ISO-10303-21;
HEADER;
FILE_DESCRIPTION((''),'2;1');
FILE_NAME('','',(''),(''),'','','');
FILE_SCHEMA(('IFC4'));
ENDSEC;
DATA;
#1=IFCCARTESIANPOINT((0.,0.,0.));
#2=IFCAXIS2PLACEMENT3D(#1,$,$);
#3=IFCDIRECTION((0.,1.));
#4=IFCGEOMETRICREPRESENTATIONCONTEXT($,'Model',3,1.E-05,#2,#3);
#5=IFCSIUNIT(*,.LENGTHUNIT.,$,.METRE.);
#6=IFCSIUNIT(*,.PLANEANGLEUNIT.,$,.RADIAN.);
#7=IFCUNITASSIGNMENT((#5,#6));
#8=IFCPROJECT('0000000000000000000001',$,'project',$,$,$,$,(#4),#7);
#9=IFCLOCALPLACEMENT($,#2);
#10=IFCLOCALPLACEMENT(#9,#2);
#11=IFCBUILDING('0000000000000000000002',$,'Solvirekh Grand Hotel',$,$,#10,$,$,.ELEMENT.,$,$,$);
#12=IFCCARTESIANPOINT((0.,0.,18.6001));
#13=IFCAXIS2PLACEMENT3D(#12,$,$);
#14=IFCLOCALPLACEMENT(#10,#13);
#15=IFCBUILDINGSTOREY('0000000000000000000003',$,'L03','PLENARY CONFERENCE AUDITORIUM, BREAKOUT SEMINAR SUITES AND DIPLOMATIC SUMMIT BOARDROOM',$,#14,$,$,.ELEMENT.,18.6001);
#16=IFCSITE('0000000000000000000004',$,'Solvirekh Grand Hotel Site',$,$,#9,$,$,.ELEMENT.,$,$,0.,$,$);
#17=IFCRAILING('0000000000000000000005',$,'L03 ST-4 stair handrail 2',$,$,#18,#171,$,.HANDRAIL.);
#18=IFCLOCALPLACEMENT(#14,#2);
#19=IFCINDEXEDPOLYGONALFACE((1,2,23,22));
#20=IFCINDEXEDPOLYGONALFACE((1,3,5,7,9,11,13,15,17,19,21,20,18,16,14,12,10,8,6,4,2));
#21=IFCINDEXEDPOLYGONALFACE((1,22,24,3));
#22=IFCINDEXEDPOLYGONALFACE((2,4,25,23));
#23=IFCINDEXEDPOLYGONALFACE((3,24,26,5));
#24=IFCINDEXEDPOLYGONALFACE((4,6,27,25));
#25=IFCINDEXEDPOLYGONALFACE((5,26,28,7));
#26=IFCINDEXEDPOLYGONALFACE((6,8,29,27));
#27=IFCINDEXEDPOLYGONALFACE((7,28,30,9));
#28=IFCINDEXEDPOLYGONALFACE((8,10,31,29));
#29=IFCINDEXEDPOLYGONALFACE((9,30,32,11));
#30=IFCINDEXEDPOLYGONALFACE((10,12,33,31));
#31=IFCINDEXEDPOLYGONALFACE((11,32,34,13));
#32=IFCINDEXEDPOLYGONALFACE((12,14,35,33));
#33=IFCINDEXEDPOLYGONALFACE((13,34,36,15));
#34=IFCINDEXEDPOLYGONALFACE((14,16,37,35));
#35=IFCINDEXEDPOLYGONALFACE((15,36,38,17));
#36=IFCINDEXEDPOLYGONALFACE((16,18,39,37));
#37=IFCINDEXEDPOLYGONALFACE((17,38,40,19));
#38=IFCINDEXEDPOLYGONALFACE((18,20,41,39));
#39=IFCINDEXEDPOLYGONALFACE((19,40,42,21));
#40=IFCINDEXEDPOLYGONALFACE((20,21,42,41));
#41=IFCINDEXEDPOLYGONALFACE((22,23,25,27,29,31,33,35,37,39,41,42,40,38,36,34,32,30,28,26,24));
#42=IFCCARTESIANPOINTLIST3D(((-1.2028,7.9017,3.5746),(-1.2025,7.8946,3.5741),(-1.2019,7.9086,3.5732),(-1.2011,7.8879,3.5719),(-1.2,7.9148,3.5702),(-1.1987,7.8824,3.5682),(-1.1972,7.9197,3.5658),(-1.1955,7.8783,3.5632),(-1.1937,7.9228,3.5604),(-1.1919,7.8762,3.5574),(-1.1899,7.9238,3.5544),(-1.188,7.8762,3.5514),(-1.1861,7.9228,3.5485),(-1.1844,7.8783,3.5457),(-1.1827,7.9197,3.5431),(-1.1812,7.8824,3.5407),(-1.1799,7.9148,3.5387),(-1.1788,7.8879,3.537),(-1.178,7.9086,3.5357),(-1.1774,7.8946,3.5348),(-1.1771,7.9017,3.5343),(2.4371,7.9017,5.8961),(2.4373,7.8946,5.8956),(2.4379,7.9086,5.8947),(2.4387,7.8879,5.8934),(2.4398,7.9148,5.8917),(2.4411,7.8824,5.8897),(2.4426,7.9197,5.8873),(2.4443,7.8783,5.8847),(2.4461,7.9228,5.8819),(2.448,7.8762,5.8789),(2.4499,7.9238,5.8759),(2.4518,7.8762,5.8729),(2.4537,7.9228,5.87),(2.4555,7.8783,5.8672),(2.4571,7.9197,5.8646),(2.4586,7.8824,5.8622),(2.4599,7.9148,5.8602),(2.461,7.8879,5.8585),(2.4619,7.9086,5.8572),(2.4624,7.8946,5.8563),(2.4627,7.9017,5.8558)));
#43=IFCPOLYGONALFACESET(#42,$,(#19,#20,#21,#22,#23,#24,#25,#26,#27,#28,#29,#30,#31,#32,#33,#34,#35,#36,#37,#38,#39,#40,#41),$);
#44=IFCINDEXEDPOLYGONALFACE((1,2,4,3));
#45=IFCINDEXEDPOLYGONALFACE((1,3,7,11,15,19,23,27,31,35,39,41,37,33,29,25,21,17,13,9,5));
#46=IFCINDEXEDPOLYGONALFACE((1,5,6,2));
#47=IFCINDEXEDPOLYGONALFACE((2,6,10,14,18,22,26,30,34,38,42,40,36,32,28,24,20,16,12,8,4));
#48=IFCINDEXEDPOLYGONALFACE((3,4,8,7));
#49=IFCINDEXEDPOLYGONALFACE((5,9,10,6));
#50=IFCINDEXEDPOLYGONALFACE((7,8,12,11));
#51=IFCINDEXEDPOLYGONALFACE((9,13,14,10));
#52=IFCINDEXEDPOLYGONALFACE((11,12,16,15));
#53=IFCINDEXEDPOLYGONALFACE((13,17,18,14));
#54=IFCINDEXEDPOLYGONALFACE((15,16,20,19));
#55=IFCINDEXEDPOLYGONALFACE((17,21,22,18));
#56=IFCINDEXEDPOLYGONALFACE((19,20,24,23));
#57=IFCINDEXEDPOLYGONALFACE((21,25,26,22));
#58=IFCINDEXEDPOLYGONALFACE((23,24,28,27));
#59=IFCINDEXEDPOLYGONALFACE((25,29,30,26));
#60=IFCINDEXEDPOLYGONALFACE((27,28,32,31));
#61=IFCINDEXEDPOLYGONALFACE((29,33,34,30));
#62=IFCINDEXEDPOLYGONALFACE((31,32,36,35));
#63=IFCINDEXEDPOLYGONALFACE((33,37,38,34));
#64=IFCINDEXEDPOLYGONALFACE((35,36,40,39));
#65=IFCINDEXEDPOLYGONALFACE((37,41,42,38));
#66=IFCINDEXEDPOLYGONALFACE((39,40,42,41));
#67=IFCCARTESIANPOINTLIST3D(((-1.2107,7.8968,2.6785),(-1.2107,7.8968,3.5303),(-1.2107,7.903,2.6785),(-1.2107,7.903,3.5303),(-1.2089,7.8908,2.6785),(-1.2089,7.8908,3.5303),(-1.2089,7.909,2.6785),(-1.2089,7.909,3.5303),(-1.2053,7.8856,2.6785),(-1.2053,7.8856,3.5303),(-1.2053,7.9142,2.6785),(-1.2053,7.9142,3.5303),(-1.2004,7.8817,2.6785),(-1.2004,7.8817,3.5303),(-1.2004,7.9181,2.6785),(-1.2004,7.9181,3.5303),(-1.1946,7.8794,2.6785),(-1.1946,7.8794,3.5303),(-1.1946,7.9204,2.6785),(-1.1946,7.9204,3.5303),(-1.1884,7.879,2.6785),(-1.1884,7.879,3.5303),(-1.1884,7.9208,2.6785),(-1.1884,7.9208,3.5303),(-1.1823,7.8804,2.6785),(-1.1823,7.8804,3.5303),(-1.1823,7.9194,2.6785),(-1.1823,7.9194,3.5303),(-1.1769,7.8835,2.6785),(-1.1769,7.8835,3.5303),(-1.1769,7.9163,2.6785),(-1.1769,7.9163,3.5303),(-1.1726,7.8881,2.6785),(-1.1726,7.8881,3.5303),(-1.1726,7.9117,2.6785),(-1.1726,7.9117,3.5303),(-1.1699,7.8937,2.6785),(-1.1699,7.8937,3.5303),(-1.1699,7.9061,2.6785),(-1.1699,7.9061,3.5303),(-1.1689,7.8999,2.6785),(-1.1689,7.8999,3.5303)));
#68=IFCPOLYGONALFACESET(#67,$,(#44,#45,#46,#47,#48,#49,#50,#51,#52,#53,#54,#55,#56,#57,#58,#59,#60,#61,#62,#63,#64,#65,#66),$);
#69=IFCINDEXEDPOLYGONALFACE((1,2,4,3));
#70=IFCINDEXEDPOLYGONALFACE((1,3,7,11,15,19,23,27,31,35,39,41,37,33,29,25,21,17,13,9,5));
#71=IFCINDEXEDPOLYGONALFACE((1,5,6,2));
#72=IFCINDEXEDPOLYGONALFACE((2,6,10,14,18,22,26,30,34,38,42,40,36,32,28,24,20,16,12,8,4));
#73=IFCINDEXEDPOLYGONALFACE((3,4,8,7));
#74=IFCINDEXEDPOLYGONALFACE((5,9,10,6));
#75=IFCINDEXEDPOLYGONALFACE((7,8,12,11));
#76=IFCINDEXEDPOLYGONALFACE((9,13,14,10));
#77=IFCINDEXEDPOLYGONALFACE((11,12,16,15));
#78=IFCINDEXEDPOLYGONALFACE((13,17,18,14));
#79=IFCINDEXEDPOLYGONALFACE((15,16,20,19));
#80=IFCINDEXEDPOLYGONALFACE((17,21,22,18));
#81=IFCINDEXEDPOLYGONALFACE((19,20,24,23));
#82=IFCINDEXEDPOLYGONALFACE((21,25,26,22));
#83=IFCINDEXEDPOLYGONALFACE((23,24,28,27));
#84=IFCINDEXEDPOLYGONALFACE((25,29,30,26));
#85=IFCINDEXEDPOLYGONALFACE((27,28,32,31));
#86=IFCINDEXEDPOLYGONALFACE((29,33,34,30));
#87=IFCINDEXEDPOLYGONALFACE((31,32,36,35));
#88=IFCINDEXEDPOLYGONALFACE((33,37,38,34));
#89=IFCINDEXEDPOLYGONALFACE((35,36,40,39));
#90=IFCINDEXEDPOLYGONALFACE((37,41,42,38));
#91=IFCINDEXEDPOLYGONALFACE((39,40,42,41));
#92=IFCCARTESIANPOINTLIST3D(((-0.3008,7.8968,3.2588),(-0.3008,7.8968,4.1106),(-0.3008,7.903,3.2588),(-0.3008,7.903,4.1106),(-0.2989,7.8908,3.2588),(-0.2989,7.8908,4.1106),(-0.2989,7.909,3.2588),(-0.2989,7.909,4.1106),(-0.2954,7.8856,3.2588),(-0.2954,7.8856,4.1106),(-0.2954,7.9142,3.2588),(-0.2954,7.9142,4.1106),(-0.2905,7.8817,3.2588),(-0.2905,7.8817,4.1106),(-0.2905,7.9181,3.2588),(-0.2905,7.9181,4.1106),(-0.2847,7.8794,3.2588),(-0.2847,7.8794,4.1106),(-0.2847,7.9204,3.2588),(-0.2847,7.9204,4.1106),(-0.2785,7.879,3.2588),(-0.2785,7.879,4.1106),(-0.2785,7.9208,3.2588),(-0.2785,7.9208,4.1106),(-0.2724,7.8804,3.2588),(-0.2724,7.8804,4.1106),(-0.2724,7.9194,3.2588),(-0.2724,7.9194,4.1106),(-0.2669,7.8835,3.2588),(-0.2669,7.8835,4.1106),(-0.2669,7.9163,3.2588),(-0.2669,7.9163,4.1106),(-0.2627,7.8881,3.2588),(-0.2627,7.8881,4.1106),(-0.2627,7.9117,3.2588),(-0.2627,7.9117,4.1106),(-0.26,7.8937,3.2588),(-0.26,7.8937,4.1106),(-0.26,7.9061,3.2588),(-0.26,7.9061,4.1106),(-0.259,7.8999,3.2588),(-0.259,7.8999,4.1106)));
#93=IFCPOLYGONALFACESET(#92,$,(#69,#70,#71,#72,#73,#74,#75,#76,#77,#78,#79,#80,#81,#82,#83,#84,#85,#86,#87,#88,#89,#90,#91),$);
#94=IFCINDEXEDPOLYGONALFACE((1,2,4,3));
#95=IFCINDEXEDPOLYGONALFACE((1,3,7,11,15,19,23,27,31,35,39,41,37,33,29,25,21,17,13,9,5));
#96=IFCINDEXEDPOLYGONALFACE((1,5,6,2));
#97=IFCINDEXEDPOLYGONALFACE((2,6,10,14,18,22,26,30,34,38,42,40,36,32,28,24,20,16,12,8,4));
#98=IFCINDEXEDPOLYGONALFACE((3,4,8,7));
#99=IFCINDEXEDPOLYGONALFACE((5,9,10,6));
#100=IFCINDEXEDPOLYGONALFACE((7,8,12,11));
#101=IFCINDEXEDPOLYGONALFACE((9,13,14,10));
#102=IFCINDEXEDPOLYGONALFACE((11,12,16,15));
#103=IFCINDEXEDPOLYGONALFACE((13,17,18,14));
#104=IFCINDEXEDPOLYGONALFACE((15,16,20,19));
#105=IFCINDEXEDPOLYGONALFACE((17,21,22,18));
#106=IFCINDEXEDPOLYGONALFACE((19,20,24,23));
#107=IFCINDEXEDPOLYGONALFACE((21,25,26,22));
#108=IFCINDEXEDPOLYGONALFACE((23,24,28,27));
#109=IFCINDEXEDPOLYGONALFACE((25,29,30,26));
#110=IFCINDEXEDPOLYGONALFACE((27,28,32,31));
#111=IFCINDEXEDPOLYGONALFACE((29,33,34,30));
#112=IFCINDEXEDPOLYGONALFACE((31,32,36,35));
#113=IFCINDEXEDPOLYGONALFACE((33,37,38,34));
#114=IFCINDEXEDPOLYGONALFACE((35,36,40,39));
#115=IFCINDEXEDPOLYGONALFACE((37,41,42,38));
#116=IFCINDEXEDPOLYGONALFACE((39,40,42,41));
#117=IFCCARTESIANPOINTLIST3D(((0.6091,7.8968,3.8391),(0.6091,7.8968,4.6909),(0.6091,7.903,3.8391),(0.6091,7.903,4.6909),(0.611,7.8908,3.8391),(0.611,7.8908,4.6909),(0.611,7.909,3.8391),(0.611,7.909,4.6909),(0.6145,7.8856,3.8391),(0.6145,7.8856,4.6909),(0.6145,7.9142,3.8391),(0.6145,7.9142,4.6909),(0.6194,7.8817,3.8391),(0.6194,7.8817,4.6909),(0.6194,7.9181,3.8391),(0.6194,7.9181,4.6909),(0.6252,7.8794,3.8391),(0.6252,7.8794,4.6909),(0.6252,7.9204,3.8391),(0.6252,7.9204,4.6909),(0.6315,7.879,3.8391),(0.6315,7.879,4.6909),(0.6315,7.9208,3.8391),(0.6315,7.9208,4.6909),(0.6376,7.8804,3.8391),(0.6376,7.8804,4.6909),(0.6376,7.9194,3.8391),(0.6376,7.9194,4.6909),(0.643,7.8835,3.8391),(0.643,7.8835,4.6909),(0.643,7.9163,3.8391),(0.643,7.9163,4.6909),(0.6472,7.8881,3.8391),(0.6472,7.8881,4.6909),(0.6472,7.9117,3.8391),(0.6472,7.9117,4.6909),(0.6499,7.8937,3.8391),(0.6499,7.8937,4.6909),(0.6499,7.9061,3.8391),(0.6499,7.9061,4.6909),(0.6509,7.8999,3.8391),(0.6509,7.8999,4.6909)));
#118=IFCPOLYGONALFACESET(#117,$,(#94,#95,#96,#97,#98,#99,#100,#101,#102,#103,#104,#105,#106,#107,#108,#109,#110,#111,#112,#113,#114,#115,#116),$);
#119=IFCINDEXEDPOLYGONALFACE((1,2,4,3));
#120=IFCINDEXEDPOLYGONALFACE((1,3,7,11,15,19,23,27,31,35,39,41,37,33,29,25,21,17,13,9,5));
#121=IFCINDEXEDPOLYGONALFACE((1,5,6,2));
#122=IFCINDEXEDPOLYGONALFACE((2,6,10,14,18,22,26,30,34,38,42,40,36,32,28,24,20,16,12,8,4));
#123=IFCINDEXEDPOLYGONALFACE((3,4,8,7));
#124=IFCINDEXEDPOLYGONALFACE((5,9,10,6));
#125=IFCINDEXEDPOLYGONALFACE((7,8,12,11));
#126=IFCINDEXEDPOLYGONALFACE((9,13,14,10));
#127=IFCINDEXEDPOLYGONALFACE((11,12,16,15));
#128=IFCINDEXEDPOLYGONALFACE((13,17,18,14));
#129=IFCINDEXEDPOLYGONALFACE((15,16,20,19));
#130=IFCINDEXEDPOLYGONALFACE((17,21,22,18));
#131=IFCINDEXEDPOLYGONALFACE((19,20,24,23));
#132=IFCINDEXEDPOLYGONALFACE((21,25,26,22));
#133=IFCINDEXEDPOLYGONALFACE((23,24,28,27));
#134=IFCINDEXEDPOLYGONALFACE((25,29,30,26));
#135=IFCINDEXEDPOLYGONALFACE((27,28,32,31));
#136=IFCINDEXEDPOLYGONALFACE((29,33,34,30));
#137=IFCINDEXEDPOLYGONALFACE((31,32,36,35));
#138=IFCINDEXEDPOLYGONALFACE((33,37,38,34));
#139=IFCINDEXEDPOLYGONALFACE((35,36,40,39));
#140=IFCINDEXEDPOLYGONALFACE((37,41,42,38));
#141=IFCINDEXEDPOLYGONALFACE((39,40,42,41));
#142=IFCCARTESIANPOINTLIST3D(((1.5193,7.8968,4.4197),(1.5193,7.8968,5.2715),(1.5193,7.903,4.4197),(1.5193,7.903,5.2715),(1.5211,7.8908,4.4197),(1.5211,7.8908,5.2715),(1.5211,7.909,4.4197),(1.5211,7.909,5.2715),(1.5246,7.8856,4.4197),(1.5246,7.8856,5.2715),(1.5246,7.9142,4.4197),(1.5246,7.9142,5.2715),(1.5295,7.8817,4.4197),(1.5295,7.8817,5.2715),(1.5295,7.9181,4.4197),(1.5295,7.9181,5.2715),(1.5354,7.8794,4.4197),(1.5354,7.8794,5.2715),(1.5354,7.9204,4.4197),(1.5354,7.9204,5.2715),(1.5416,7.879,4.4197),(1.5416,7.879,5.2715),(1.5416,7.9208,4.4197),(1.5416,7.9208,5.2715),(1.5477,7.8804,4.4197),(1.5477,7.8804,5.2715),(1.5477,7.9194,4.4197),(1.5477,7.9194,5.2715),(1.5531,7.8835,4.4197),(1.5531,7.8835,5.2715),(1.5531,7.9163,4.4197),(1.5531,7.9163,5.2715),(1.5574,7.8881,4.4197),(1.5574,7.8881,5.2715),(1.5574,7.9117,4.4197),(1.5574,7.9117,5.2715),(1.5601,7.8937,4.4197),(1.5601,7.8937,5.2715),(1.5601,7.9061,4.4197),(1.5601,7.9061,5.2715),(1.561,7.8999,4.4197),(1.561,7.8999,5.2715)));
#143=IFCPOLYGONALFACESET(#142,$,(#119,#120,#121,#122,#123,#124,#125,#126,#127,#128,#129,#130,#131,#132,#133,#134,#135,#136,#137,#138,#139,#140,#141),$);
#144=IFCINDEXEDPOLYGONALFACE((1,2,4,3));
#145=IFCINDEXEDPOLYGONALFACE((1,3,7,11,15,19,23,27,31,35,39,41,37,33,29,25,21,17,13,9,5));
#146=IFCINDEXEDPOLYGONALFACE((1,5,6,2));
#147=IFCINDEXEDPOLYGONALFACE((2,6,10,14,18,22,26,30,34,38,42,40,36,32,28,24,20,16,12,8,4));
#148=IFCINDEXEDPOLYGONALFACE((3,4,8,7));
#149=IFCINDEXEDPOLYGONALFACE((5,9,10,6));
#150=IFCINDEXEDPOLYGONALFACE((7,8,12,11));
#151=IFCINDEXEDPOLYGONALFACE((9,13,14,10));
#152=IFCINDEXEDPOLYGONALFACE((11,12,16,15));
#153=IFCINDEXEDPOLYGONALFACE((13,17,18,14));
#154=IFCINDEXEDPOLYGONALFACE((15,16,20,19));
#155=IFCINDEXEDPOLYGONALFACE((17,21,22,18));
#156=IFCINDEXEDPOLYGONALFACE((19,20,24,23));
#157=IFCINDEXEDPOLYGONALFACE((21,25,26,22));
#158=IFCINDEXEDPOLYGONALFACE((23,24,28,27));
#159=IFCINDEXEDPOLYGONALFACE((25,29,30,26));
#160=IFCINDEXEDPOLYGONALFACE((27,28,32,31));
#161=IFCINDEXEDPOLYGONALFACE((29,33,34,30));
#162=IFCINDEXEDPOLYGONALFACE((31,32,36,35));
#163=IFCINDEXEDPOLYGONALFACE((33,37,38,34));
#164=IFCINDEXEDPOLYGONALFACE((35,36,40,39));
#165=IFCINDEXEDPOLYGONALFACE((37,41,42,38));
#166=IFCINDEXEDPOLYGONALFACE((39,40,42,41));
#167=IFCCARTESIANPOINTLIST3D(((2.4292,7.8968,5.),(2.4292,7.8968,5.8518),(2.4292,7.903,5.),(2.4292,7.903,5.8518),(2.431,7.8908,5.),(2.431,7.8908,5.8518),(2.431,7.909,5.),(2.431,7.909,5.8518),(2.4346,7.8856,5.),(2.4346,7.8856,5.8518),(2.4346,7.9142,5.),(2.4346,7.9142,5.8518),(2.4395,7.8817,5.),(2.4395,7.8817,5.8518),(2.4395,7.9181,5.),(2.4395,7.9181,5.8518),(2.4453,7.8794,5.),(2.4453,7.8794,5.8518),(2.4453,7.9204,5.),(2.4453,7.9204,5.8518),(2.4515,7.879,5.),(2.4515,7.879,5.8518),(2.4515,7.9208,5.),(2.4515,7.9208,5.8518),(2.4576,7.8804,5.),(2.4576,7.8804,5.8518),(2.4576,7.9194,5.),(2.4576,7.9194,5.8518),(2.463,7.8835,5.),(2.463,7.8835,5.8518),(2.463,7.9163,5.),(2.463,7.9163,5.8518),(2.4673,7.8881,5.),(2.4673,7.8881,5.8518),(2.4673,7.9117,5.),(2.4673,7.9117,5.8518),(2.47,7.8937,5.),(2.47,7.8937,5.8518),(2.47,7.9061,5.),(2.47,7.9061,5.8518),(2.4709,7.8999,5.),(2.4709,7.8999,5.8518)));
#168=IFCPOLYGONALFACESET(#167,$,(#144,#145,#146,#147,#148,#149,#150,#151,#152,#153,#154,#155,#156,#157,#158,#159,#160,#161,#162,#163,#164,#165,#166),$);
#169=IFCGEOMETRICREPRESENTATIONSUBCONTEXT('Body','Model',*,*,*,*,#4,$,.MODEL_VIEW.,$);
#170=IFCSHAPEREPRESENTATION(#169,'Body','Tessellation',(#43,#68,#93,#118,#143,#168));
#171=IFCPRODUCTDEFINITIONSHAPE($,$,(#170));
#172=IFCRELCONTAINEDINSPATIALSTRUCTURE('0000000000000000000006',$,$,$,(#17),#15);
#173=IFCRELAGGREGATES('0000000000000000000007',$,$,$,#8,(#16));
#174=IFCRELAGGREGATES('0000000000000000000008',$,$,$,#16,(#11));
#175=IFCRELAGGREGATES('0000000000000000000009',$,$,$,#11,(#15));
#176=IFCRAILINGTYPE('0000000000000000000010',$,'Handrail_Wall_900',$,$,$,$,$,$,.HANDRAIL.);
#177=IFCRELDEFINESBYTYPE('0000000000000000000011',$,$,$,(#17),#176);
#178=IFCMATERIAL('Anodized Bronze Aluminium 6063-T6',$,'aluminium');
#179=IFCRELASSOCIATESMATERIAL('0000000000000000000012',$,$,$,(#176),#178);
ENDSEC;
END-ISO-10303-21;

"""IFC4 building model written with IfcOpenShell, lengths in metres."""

from ifc_helpers import new_model, si_unit, direction, frame, origin, origin_2d, place, context, subcontext, project, spatial, circle, extrude, material, type_object, element, save


model = new_model("IFC4")

# Units and contexts
model_context = context("Model", 3, precision=1e-05, world=origin(), true_north=direction((0.0, 1.0)))
body_context = subcontext(model_context, "Body", "Model", "MODEL_VIEW")
ifc_project = project(units=[si_unit("LENGTHUNIT", "METRE"), si_unit("PLANEANGLEUNIT", "RADIAN")], contexts=[model_context])

# Site, building, storey
site_placement = place(None, origin())
site = spatial("IfcSite", under=ifc_project, at=site_placement, Name="Solvirekh Grand Hotel Site", CompositionType="ELEMENT", RefElevation=0.0)
building_placement = place(site_placement, origin())
building = spatial("IfcBuilding", under=site, at=building_placement, Name="Solvirekh Grand Hotel", CompositionType="ELEMENT")
storey_placement = place(building_placement, frame((0.0, 0.0, 18.6001)))
storey = spatial("IfcBuildingStorey", under=building, at=storey_placement, Name="L03", Description="PLENARY CONFERENCE AUDITORIUM, BREAKOUT SEMINAR SUITES AND DIPLOMATIC SUMMIT BOARDROOM", CompositionType="ELEMENT", Elevation=18.6001)

# Shared definitions
ifc_material_1 = material(Name="Anodized Bronze Aluminium 6063-T6", Category="aluminium")

# Railing
railing_type_1 = type_object("IfcRailingType", Name="Handrail_Wall_900", PredefinedType="HANDRAIL", material=ifc_material_1)
railing_1_placement = place(storey_placement, frame((-1.1899, 7.8999, 2.6785)))
element("IfcRailing", 1, at=railing_1_placement, inside=storey, type_object=railing_type_1, Name="L03 ST-4 stair handrail 2", PredefinedType="HANDRAIL", context=body_context, shape_type="SweptSolid", body=[
    extrude(circle(Radius=0.0239, at=origin_2d()), frame((0.0, 0.0, 0.876), z_axis=(0.843112, 0.0, 0.537739), x_axis=(0.0, 1.0, 0.0)), (0.0, 0.0, 1.0), 4.3171),
    extrude(circle(Radius=0.021, at=origin_2d()), origin(), (0.0, 0.0, 1.0), 0.8518),
    extrude(circle(Radius=0.021, at=origin_2d()), frame((0.9099, 0.0, 0.5803)), (0.0, 0.0, 1.0), 0.8518),
    extrude(circle(Radius=0.021, at=origin_2d()), frame((1.8198, 0.0, 1.1606)), (0.0, 0.0, 1.0), 0.8518),
    extrude(circle(Radius=0.021, at=origin_2d()), frame((2.73, 0.0, 1.7412)), (0.0, 0.0, 1.0), 0.8518),
    extrude(circle(Radius=0.021, at=origin_2d()), frame((3.6399, 0.0, 2.3215)), (0.0, 0.0, 1.0), 0.8518),
])

save(model, "model.ifc")
